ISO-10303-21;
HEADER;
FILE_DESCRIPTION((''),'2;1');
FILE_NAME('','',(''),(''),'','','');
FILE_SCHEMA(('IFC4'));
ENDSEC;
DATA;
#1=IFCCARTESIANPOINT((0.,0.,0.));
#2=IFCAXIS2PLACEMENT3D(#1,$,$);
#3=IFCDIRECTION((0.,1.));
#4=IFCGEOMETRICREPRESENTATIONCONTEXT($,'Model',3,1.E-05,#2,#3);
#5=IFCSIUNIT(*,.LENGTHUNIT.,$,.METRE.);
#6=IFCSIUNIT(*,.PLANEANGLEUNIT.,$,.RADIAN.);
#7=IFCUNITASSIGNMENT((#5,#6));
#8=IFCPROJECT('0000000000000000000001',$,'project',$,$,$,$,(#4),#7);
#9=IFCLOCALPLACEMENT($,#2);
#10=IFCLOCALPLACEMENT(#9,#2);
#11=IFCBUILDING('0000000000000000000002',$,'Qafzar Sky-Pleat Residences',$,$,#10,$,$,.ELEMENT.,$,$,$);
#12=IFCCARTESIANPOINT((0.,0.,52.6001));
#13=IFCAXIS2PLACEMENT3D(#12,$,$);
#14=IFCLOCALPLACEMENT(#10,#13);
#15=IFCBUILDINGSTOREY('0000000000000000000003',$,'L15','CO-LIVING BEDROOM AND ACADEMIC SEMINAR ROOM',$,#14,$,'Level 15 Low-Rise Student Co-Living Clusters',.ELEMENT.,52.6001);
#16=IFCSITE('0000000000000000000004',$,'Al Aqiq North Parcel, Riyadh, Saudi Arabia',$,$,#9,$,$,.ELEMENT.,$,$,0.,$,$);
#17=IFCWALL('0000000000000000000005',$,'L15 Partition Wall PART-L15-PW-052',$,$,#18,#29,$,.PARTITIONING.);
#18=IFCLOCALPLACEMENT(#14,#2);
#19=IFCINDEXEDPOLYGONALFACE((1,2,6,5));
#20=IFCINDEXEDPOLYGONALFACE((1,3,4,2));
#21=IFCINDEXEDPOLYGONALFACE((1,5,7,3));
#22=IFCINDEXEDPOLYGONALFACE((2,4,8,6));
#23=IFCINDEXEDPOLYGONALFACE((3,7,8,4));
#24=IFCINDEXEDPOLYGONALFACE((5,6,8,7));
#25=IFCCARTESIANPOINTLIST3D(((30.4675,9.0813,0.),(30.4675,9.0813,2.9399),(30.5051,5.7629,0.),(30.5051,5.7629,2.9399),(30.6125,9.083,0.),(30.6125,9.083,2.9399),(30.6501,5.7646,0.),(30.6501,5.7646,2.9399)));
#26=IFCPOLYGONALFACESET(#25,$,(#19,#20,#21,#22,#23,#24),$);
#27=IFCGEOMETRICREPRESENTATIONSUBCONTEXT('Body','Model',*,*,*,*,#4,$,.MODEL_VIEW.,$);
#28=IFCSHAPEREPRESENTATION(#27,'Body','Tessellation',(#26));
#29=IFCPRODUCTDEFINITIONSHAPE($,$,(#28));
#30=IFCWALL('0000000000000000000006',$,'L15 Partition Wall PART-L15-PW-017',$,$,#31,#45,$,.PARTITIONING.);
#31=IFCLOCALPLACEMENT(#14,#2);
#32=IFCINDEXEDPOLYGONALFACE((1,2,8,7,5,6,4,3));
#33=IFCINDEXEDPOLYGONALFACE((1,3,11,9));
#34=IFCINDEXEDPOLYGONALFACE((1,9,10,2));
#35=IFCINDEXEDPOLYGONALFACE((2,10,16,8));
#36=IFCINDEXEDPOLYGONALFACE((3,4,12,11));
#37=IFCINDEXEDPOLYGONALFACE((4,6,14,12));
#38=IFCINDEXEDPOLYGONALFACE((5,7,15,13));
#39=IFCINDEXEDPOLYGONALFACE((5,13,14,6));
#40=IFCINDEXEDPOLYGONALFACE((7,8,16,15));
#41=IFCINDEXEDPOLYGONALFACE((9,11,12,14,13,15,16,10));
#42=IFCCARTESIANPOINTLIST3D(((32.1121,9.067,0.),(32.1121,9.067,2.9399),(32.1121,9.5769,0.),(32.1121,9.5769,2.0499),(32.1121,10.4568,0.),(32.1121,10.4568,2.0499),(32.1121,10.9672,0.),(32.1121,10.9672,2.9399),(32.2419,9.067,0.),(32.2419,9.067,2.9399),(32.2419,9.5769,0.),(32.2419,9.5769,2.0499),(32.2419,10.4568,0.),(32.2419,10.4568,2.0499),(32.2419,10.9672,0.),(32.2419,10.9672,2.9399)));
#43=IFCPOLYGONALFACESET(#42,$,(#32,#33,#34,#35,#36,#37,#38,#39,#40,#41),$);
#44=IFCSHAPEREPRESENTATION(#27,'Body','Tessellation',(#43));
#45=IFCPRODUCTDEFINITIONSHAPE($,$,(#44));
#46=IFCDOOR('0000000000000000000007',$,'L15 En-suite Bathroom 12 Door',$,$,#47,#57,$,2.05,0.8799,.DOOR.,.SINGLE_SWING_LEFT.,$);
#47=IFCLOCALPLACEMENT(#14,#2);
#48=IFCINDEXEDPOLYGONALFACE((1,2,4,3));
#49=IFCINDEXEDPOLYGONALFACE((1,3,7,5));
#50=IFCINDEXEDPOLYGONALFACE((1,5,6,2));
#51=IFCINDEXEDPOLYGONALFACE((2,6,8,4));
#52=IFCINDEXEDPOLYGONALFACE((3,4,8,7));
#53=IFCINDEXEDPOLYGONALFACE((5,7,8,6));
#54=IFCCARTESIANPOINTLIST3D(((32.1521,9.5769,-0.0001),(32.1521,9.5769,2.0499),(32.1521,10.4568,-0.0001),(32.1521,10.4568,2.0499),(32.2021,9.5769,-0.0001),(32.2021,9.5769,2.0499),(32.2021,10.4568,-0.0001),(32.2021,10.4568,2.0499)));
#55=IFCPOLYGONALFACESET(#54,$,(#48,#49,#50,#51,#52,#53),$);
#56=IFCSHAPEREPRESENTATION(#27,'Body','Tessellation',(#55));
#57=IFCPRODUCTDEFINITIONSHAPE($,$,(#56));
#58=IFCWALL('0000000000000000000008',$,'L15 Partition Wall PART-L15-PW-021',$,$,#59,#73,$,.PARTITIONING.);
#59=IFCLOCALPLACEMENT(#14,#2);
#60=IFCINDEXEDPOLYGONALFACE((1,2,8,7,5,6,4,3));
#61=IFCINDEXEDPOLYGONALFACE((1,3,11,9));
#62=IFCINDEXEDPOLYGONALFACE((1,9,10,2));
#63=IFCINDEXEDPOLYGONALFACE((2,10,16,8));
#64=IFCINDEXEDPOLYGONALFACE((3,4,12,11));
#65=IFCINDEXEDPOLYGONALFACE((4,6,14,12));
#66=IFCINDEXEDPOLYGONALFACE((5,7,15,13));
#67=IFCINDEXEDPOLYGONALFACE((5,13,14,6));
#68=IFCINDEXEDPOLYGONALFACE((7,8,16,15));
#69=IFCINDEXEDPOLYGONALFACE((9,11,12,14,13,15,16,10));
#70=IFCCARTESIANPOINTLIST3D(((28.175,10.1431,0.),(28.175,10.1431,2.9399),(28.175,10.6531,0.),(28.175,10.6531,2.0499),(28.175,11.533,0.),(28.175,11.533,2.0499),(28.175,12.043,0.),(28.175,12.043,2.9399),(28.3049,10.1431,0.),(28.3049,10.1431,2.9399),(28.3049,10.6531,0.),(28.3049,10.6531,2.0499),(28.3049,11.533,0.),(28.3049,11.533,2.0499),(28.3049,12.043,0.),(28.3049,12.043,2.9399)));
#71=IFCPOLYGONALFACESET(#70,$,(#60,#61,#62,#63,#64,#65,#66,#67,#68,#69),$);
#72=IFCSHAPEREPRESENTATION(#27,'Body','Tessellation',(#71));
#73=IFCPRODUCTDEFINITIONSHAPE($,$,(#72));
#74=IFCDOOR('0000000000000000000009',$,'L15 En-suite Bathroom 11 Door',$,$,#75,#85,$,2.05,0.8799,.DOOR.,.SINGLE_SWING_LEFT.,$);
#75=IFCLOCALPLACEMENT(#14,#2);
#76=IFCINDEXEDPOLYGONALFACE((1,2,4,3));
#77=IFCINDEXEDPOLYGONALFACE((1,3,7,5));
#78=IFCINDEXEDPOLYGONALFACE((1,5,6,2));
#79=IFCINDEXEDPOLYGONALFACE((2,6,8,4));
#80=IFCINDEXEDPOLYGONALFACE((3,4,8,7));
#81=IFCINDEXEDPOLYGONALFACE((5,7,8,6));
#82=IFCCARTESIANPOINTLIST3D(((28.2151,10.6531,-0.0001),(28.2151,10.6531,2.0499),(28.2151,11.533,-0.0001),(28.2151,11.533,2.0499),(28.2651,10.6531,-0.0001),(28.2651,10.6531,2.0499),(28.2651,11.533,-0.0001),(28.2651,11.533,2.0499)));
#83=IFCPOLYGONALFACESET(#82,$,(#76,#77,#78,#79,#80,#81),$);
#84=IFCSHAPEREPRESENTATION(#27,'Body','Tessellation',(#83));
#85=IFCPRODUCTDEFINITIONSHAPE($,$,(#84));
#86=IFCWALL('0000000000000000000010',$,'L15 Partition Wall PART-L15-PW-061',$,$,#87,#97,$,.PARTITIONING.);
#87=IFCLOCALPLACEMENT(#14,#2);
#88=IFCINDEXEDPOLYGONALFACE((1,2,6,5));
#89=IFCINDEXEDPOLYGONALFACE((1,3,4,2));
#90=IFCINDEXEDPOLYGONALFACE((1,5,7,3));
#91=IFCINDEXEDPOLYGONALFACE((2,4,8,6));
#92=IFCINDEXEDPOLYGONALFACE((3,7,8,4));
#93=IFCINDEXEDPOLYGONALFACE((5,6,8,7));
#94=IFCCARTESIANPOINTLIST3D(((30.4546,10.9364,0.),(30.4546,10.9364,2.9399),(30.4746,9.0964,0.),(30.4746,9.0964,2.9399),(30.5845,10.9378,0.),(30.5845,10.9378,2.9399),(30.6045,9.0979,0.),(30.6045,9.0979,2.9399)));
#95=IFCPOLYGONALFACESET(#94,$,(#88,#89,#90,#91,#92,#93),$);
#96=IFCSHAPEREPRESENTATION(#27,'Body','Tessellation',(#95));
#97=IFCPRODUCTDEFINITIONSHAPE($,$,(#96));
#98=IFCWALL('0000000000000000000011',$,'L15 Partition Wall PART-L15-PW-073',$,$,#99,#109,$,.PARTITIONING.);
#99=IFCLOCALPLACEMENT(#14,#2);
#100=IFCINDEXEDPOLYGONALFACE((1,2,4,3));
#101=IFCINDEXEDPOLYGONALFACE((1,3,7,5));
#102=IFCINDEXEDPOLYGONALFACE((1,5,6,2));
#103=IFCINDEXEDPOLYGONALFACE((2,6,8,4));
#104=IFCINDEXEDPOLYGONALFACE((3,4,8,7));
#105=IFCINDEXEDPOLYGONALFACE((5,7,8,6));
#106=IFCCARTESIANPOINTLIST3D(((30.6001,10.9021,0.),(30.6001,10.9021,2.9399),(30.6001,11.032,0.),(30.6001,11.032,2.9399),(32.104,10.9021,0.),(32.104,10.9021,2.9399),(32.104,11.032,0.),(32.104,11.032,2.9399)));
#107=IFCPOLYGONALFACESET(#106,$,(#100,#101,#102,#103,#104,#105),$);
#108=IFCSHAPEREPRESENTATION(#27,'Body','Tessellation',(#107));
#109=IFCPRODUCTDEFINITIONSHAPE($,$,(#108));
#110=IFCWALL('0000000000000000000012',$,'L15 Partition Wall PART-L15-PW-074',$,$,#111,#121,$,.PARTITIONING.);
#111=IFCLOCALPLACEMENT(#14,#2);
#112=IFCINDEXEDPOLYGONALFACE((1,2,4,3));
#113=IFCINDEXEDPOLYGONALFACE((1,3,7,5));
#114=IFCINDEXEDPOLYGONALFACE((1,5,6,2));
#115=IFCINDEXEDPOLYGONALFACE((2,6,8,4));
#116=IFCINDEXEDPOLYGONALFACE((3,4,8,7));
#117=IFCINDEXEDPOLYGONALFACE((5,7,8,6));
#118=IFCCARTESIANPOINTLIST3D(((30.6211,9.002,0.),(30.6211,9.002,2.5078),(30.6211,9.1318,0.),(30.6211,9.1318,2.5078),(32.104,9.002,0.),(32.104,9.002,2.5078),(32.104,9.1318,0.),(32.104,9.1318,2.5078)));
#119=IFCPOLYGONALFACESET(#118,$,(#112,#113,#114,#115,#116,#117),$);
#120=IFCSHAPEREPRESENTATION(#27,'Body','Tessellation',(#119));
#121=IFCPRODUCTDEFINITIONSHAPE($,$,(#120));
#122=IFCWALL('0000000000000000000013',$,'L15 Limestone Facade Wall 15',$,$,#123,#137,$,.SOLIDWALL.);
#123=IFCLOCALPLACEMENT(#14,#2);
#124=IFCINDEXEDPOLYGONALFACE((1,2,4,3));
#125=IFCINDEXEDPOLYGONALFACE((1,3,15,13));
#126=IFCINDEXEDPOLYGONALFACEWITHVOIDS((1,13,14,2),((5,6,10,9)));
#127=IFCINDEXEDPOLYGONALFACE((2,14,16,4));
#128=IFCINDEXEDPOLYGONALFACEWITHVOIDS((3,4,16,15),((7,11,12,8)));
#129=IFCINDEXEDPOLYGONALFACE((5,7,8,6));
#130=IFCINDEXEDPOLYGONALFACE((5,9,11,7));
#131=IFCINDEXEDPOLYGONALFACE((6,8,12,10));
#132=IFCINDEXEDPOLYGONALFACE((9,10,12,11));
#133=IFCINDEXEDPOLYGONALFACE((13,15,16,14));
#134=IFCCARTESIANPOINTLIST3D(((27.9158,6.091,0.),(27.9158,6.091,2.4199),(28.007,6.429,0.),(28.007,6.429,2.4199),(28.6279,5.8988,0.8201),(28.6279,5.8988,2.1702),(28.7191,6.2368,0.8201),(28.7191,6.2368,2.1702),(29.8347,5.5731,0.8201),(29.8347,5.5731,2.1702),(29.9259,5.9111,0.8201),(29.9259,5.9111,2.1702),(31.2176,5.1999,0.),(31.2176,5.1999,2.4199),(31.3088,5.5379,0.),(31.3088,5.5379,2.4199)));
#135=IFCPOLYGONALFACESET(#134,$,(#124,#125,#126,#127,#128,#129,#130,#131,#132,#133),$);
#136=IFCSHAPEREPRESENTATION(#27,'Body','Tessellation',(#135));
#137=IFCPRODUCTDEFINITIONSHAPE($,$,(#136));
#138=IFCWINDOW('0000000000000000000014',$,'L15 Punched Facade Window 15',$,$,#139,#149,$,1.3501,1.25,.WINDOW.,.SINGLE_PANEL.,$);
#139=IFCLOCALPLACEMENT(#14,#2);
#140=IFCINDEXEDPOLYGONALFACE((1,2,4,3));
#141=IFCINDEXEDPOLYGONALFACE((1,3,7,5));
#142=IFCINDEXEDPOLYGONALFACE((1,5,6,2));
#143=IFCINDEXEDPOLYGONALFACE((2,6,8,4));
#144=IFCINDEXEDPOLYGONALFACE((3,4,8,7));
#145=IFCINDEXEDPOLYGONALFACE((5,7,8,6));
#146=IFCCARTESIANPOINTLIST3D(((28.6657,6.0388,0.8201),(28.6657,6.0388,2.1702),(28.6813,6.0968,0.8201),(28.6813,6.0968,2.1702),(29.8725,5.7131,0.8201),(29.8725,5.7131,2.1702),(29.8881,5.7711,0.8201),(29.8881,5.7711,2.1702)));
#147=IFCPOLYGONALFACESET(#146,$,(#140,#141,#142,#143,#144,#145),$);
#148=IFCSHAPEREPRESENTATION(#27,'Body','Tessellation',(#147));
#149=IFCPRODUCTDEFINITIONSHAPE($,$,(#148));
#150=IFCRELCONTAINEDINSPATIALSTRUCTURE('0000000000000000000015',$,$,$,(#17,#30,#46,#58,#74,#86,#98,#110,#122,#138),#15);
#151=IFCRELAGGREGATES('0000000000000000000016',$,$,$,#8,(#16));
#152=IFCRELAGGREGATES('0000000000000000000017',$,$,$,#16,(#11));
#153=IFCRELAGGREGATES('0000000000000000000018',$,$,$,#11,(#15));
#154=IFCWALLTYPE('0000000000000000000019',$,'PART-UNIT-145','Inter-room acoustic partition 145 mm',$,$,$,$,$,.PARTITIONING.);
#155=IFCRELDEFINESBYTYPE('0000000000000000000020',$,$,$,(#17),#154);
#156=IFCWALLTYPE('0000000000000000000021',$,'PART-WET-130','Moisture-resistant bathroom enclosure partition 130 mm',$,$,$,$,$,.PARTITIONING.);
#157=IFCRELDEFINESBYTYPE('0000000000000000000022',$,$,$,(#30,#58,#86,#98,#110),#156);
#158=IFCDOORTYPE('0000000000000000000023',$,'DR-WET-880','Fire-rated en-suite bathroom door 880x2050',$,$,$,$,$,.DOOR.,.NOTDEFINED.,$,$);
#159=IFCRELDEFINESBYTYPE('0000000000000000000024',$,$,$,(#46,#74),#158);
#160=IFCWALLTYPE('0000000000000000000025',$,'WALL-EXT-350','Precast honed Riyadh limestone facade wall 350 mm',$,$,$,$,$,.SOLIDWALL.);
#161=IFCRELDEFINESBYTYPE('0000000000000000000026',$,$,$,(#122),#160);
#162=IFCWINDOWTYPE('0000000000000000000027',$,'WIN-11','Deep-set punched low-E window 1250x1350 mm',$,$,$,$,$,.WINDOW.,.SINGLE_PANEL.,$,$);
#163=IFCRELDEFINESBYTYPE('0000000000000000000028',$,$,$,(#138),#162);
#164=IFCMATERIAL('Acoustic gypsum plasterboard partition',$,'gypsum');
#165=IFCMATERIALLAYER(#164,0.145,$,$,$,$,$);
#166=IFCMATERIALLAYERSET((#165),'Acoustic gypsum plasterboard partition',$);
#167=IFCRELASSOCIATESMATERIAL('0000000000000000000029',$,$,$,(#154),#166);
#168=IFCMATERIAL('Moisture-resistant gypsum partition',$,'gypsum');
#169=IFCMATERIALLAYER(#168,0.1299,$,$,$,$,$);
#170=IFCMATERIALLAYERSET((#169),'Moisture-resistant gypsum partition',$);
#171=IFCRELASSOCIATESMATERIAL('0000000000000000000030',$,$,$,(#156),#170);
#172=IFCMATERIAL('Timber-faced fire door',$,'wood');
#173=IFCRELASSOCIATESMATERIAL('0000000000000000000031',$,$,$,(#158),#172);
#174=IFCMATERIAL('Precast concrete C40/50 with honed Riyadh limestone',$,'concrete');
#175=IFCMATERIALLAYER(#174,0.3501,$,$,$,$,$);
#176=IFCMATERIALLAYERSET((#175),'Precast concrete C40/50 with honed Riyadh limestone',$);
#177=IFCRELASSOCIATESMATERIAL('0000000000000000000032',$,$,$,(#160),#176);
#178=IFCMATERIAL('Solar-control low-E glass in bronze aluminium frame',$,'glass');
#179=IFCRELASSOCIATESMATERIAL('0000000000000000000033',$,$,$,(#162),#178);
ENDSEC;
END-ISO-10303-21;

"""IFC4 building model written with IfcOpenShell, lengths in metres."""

from ifc_helpers import new_model, si_unit, direction, frame, frame_2d, origin, place, context, subcontext, project, spatial, rectangle, extrude, source, transform, mapped, material, layer, layer_set, type_object, element, fill, save


model = new_model("IFC4")

# Units and contexts
model_context = context("Model", 3, precision=1e-05, world=origin(), true_north=direction((0.0, 1.0)))
body_context = subcontext(model_context, "Body", "Model", "MODEL_VIEW")
ifc_project = project(units=[si_unit("LENGTHUNIT", "METRE"), si_unit("PLANEANGLEUNIT", "RADIAN")], contexts=[model_context])

# Site, building, storey
site_placement = place(None, origin())
site = spatial("IfcSite", under=ifc_project, at=site_placement, Name="Al Aqiq North Parcel, Riyadh, Saudi Arabia", CompositionType="ELEMENT", RefElevation=0.0)
building_placement = place(site_placement, origin())
building = spatial("IfcBuilding", under=site, at=building_placement, Name="Qafzar Sky-Pleat Residences", CompositionType="ELEMENT")
storey_placement = place(building_placement, frame((0.0, 0.0, 52.6001)))
storey = spatial("IfcBuildingStorey", under=building, at=storey_placement, Name="L15", Description="CO-LIVING BEDROOM AND ACADEMIC SEMINAR ROOM", LongName="Level 15 Low-Rise Student Co-Living Clusters", CompositionType="ELEMENT", Elevation=52.6001)

# Shared definitions
ifc_material_1 = material(Name="Acoustic gypsum plasterboard partition", Category="gypsum")
ifc_material_2 = material(Name="Timber-faced fire door", Category="wood")

# Wall
ifc_layer_1 = layer(ifc_material_1, 0.145)
ifc_layer_set_1 = layer_set([ifc_layer_1], Name="Acoustic gypsum plasterboard partition")
wall_type_1 = type_object("IfcWallType", Name="PART-UNIT-145", Description="Inter-room acoustic partition 145 mm", PredefinedType="PARTITIONING", material=ifc_layer_set_1)
wall_1_placement = place(storey_placement, frame((30.54, 9.082, 0.0), z_axis=(0.0, 0.0, 1.0), x_axis=(0.011329, -0.999936, 0.0)))
element("IfcWall", 1, at=wall_1_placement, inside=storey, type_object=wall_type_1, Name="L15 Partition Wall PART-L15-PW-052", PredefinedType="PARTITIONING", context=body_context, shape_type="SweptSolid", body=[
    extrude(rectangle(XDim=3.3186, YDim=0.145, at=frame_2d((1.6592, 0.0))), origin(), (0.0, 0.0, 1.0), 2.9399),
])

# Walls, openings, doors
ifc_material_3 = material(Name="Moisture-resistant gypsum partition", Category="gypsum")
ifc_layer_2 = layer(ifc_material_3, 0.1299)
ifc_layer_set_2 = layer_set([ifc_layer_2], Name="Moisture-resistant gypsum partition")
wall_type_2 = type_object("IfcWallType", Name="PART-WET-130", Description="Moisture-resistant bathroom enclosure partition 130 mm", PredefinedType="PARTITIONING", material=ifc_layer_set_2)
wall_2_placement = place(storey_placement, frame((32.177, 9.0669, 0.0), z_axis=(0.0, 0.0, 1.0), x_axis=(0.0, 1.0, 0.0)))
wall_2 = element("IfcWall", 2, at=wall_2_placement, inside=storey, type_object=wall_type_2, Name="L15 Partition Wall PART-L15-PW-017", PredefinedType="PARTITIONING", context=body_context, shape_type="SweptSolid", body=[
    extrude(rectangle(XDim=1.9001, YDim=0.1299, at=frame_2d((0.9502, 0.0))), origin(), (0.0, 0.0, 1.0), 2.9399),
])
opening_1_placement = place(wall_2_placement, frame((0.51, 0.0, 0.0)))
opening_1 = element("IfcOpeningElement", 3, at=opening_1_placement, cuts=wall_2, PredefinedType="OPENING", context=body_context, shape_type="SweptSolid", body=[
    extrude(rectangle(XDim=0.8799, YDim=2.05, at=frame_2d((0.4399, 1.0249))), frame((0.0, 0.075, 0.0), z_axis=(0.0, -1.0, 0.0), x_axis=(1.0, 0.0, 0.0)), (0.0, 0.0, 1.0), 0.1499),
])
door_type_1 = type_object("IfcDoorType", Name="DR-WET-880", Description="Fire-rated en-suite bathroom door 880x2050", OperationType="NOTDEFINED", PredefinedType="DOOR", material=ifc_material_2)
shared_shape_1 = source(origin(), body_context, "Body", "SweptSolid", [
    extrude(rectangle(XDim=0.8799, YDim=2.05, at=frame_2d((0.4399, 1.0249))), frame((0.0, 0.0249, 0.0), z_axis=(0.0, -1.0, 0.0), x_axis=(1.0, 0.0, 0.0)), (0.0, 0.0, 1.0), 0.05),
])
door_1_placement = place(opening_1_placement, origin())
door_1 = element("IfcDoor", 4, at=door_1_placement, inside=storey, type_object=door_type_1, Name="L15 En-suite Bathroom 12 Door", OperationType="SINGLE_SWING_LEFT", OverallHeight=2.05, OverallWidth=0.8799, PredefinedType="DOOR", context=body_context, shape_type="MappedRepresentation", body=[
    mapped(shared_shape_1, transform((0.0, 0.0, 0.0), x_axis=(1.0, 0.0, 0.0), y_axis=(0.0, 1.0, 0.0), z_axis=(0.0, 0.0, 1.0), scale=1.0)),
])
fill(opening_1, door_1)
wall_3_placement = place(storey_placement, frame((28.24, 10.1431, 0.0), z_axis=(0.0, 0.0, 1.0), x_axis=(0.0, 1.0, 0.0)))
wall_3 = element("IfcWall", 5, at=wall_3_placement, inside=storey, type_object=wall_type_2, Name="L15 Partition Wall PART-L15-PW-021", PredefinedType="PARTITIONING", context=body_context, shape_type="SweptSolid", body=[
    extrude(rectangle(XDim=1.8999, YDim=0.1299, at=frame_2d((0.95, 0.0))), origin(), (0.0, 0.0, 1.0), 2.9399),
])
opening_2_placement = place(wall_3_placement, frame((0.51, 0.0, 0.0)))
opening_2 = element("IfcOpeningElement", 6, at=opening_2_placement, cuts=wall_3, PredefinedType="OPENING", context=body_context, shape_type="SweptSolid", body=[
    extrude(rectangle(XDim=0.8799, YDim=2.05, at=frame_2d((0.4399, 1.0249))), frame((0.0, 0.075, 0.0), z_axis=(0.0, -1.0, 0.0), x_axis=(1.0, 0.0, 0.0)), (0.0, 0.0, 1.0), 0.1499),
])
door_2_placement = place(opening_2_placement, origin())
door_2 = element("IfcDoor", 7, at=door_2_placement, inside=storey, type_object=door_type_1, Name="L15 En-suite Bathroom 11 Door", OperationType="SINGLE_SWING_LEFT", OverallHeight=2.05, OverallWidth=0.8799, PredefinedType="DOOR", context=body_context, shape_type="MappedRepresentation", body=[
    mapped(shared_shape_1, transform((0.0, 0.0, 0.0), x_axis=(1.0, 0.0, 0.0), y_axis=(0.0, 1.0, 0.0), z_axis=(0.0, 0.0, 1.0), scale=1.0)),
])
fill(opening_2, door_2)

# Walls
wall_4_placement = place(storey_placement, frame((30.5195, 10.937, 0.0), z_axis=(0.0, 0.0, 1.0), x_axis=(0.010879, -0.999941, 0.0)))
element("IfcWall", 8, at=wall_4_placement, inside=storey, type_object=wall_type_2, Name="L15 Partition Wall PART-L15-PW-061", PredefinedType="PARTITIONING", context=body_context, shape_type="SweptSolid", body=[
    extrude(rectangle(XDim=1.8401, YDim=0.1299, at=frame_2d((0.9199, 0.0))), origin(), (0.0, 0.0, 1.0), 2.9399),
])
wall_5_placement = place(storey_placement, frame((30.6001, 10.967, 0.0), z_axis=(0.0, 0.0, 1.0), x_axis=(1.0, 0.0, 0.0)))
element("IfcWall", 9, at=wall_5_placement, inside=storey, type_object=wall_type_2, Name="L15 Partition Wall PART-L15-PW-073", PredefinedType="PARTITIONING", context=body_context, shape_type="SweptSolid", body=[
    extrude(rectangle(XDim=1.5039, YDim=0.1299, at=frame_2d((0.752, 0.0))), origin(), (0.0, 0.0, 1.0), 2.9399),
])
wall_6_placement = place(storey_placement, frame((30.6211, 9.0669, 0.0), z_axis=(0.0, 0.0, 1.0), x_axis=(1.0, 0.0, 0.0)))
element("IfcWall", 10, at=wall_6_placement, inside=storey, type_object=wall_type_2, Name="L15 Partition Wall PART-L15-PW-074", PredefinedType="PARTITIONING", context=body_context, shape_type="SweptSolid", body=[
    extrude(rectangle(XDim=1.4829, YDim=0.1299, at=frame_2d((0.7415, 0.0))), origin(), (0.0, 0.0, 1.0), 2.5078),
])

# Wall, opening, window
ifc_material_4 = material(Name="Precast concrete C40/50 with honed Riyadh limestone", Category="concrete")
ifc_layer_3 = layer(ifc_material_4, 0.3501)
ifc_layer_set_3 = layer_set([ifc_layer_3], Name="Precast concrete C40/50 with honed Riyadh limestone")
wall_type_3 = type_object("IfcWallType", Name="WALL-EXT-350", Description="Precast honed Riyadh limestone facade wall 350 mm", PredefinedType="SOLIDWALL", material=ifc_layer_set_3)
wall_7_placement = place(storey_placement, frame((27.9614, 6.26, 0.0), z_axis=(0.0, 0.0, 1.0), x_axis=(0.965456, -0.260567, 0.0)))
wall_7 = element("IfcWall", 11, at=wall_7_placement, inside=storey, type_object=wall_type_3, Name="L15 Limestone Facade Wall 15", PredefinedType="SOLIDWALL", context=body_context, shape_type="SweptSolid", body=[
    extrude(rectangle(XDim=3.4199, YDim=0.3501, at=frame_2d((1.71, 0.0))), origin(), (0.0, 0.0, 1.0), 2.4199),
])
opening_3_placement = place(wall_7_placement, frame((0.7375, 0.0, 0.8201)))
opening_3 = element("IfcOpeningElement", 12, at=opening_3_placement, cuts=wall_7, PredefinedType="OPENING", context=body_context, shape_type="SweptSolid", body=[
    extrude(rectangle(XDim=1.25, YDim=1.3501, at=frame_2d((0.625, 0.675))), frame((0.0, 0.1851, 0.0), z_axis=(0.0, -1.0, 0.0), x_axis=(1.0, 0.0, 0.0)), (0.0, 0.0, 1.0), 0.3701),
])
ifc_material_5 = material(Name="Solar-control low-E glass in bronze aluminium frame", Category="glass")
window_type_1 = type_object("IfcWindowType", Name="WIN-11", Description="Deep-set punched low-E window 1250x1350 mm", PartitioningType="SINGLE_PANEL", PredefinedType="WINDOW", material=ifc_material_5)
shared_shape_2 = source(origin(), body_context, "Body", "SweptSolid", [
    extrude(rectangle(XDim=1.25, YDim=1.3501, at=frame_2d((0.625, 0.675))), frame((0.0, 0.03, 0.0), z_axis=(0.0, -1.0, 0.0), x_axis=(1.0, 0.0, 0.0)), (0.0, 0.0, 1.0), 0.0601),
])
window_1_placement = place(opening_3_placement, origin())
window_1 = element("IfcWindow", 13, at=window_1_placement, inside=storey, type_object=window_type_1, Name="L15 Punched Facade Window 15", OverallHeight=1.3501, OverallWidth=1.25, PartitioningType="SINGLE_PANEL", PredefinedType="WINDOW", context=body_context, shape_type="MappedRepresentation", body=[
    mapped(shared_shape_2, transform((0.0, 0.0, 0.0), x_axis=(1.0, 0.0, 0.0), y_axis=(0.0, 1.0, 0.0), z_axis=(0.0, 0.0, 1.0), scale=1.0)),
])
fill(opening_3, window_1)

save(model, "model.ifc")
